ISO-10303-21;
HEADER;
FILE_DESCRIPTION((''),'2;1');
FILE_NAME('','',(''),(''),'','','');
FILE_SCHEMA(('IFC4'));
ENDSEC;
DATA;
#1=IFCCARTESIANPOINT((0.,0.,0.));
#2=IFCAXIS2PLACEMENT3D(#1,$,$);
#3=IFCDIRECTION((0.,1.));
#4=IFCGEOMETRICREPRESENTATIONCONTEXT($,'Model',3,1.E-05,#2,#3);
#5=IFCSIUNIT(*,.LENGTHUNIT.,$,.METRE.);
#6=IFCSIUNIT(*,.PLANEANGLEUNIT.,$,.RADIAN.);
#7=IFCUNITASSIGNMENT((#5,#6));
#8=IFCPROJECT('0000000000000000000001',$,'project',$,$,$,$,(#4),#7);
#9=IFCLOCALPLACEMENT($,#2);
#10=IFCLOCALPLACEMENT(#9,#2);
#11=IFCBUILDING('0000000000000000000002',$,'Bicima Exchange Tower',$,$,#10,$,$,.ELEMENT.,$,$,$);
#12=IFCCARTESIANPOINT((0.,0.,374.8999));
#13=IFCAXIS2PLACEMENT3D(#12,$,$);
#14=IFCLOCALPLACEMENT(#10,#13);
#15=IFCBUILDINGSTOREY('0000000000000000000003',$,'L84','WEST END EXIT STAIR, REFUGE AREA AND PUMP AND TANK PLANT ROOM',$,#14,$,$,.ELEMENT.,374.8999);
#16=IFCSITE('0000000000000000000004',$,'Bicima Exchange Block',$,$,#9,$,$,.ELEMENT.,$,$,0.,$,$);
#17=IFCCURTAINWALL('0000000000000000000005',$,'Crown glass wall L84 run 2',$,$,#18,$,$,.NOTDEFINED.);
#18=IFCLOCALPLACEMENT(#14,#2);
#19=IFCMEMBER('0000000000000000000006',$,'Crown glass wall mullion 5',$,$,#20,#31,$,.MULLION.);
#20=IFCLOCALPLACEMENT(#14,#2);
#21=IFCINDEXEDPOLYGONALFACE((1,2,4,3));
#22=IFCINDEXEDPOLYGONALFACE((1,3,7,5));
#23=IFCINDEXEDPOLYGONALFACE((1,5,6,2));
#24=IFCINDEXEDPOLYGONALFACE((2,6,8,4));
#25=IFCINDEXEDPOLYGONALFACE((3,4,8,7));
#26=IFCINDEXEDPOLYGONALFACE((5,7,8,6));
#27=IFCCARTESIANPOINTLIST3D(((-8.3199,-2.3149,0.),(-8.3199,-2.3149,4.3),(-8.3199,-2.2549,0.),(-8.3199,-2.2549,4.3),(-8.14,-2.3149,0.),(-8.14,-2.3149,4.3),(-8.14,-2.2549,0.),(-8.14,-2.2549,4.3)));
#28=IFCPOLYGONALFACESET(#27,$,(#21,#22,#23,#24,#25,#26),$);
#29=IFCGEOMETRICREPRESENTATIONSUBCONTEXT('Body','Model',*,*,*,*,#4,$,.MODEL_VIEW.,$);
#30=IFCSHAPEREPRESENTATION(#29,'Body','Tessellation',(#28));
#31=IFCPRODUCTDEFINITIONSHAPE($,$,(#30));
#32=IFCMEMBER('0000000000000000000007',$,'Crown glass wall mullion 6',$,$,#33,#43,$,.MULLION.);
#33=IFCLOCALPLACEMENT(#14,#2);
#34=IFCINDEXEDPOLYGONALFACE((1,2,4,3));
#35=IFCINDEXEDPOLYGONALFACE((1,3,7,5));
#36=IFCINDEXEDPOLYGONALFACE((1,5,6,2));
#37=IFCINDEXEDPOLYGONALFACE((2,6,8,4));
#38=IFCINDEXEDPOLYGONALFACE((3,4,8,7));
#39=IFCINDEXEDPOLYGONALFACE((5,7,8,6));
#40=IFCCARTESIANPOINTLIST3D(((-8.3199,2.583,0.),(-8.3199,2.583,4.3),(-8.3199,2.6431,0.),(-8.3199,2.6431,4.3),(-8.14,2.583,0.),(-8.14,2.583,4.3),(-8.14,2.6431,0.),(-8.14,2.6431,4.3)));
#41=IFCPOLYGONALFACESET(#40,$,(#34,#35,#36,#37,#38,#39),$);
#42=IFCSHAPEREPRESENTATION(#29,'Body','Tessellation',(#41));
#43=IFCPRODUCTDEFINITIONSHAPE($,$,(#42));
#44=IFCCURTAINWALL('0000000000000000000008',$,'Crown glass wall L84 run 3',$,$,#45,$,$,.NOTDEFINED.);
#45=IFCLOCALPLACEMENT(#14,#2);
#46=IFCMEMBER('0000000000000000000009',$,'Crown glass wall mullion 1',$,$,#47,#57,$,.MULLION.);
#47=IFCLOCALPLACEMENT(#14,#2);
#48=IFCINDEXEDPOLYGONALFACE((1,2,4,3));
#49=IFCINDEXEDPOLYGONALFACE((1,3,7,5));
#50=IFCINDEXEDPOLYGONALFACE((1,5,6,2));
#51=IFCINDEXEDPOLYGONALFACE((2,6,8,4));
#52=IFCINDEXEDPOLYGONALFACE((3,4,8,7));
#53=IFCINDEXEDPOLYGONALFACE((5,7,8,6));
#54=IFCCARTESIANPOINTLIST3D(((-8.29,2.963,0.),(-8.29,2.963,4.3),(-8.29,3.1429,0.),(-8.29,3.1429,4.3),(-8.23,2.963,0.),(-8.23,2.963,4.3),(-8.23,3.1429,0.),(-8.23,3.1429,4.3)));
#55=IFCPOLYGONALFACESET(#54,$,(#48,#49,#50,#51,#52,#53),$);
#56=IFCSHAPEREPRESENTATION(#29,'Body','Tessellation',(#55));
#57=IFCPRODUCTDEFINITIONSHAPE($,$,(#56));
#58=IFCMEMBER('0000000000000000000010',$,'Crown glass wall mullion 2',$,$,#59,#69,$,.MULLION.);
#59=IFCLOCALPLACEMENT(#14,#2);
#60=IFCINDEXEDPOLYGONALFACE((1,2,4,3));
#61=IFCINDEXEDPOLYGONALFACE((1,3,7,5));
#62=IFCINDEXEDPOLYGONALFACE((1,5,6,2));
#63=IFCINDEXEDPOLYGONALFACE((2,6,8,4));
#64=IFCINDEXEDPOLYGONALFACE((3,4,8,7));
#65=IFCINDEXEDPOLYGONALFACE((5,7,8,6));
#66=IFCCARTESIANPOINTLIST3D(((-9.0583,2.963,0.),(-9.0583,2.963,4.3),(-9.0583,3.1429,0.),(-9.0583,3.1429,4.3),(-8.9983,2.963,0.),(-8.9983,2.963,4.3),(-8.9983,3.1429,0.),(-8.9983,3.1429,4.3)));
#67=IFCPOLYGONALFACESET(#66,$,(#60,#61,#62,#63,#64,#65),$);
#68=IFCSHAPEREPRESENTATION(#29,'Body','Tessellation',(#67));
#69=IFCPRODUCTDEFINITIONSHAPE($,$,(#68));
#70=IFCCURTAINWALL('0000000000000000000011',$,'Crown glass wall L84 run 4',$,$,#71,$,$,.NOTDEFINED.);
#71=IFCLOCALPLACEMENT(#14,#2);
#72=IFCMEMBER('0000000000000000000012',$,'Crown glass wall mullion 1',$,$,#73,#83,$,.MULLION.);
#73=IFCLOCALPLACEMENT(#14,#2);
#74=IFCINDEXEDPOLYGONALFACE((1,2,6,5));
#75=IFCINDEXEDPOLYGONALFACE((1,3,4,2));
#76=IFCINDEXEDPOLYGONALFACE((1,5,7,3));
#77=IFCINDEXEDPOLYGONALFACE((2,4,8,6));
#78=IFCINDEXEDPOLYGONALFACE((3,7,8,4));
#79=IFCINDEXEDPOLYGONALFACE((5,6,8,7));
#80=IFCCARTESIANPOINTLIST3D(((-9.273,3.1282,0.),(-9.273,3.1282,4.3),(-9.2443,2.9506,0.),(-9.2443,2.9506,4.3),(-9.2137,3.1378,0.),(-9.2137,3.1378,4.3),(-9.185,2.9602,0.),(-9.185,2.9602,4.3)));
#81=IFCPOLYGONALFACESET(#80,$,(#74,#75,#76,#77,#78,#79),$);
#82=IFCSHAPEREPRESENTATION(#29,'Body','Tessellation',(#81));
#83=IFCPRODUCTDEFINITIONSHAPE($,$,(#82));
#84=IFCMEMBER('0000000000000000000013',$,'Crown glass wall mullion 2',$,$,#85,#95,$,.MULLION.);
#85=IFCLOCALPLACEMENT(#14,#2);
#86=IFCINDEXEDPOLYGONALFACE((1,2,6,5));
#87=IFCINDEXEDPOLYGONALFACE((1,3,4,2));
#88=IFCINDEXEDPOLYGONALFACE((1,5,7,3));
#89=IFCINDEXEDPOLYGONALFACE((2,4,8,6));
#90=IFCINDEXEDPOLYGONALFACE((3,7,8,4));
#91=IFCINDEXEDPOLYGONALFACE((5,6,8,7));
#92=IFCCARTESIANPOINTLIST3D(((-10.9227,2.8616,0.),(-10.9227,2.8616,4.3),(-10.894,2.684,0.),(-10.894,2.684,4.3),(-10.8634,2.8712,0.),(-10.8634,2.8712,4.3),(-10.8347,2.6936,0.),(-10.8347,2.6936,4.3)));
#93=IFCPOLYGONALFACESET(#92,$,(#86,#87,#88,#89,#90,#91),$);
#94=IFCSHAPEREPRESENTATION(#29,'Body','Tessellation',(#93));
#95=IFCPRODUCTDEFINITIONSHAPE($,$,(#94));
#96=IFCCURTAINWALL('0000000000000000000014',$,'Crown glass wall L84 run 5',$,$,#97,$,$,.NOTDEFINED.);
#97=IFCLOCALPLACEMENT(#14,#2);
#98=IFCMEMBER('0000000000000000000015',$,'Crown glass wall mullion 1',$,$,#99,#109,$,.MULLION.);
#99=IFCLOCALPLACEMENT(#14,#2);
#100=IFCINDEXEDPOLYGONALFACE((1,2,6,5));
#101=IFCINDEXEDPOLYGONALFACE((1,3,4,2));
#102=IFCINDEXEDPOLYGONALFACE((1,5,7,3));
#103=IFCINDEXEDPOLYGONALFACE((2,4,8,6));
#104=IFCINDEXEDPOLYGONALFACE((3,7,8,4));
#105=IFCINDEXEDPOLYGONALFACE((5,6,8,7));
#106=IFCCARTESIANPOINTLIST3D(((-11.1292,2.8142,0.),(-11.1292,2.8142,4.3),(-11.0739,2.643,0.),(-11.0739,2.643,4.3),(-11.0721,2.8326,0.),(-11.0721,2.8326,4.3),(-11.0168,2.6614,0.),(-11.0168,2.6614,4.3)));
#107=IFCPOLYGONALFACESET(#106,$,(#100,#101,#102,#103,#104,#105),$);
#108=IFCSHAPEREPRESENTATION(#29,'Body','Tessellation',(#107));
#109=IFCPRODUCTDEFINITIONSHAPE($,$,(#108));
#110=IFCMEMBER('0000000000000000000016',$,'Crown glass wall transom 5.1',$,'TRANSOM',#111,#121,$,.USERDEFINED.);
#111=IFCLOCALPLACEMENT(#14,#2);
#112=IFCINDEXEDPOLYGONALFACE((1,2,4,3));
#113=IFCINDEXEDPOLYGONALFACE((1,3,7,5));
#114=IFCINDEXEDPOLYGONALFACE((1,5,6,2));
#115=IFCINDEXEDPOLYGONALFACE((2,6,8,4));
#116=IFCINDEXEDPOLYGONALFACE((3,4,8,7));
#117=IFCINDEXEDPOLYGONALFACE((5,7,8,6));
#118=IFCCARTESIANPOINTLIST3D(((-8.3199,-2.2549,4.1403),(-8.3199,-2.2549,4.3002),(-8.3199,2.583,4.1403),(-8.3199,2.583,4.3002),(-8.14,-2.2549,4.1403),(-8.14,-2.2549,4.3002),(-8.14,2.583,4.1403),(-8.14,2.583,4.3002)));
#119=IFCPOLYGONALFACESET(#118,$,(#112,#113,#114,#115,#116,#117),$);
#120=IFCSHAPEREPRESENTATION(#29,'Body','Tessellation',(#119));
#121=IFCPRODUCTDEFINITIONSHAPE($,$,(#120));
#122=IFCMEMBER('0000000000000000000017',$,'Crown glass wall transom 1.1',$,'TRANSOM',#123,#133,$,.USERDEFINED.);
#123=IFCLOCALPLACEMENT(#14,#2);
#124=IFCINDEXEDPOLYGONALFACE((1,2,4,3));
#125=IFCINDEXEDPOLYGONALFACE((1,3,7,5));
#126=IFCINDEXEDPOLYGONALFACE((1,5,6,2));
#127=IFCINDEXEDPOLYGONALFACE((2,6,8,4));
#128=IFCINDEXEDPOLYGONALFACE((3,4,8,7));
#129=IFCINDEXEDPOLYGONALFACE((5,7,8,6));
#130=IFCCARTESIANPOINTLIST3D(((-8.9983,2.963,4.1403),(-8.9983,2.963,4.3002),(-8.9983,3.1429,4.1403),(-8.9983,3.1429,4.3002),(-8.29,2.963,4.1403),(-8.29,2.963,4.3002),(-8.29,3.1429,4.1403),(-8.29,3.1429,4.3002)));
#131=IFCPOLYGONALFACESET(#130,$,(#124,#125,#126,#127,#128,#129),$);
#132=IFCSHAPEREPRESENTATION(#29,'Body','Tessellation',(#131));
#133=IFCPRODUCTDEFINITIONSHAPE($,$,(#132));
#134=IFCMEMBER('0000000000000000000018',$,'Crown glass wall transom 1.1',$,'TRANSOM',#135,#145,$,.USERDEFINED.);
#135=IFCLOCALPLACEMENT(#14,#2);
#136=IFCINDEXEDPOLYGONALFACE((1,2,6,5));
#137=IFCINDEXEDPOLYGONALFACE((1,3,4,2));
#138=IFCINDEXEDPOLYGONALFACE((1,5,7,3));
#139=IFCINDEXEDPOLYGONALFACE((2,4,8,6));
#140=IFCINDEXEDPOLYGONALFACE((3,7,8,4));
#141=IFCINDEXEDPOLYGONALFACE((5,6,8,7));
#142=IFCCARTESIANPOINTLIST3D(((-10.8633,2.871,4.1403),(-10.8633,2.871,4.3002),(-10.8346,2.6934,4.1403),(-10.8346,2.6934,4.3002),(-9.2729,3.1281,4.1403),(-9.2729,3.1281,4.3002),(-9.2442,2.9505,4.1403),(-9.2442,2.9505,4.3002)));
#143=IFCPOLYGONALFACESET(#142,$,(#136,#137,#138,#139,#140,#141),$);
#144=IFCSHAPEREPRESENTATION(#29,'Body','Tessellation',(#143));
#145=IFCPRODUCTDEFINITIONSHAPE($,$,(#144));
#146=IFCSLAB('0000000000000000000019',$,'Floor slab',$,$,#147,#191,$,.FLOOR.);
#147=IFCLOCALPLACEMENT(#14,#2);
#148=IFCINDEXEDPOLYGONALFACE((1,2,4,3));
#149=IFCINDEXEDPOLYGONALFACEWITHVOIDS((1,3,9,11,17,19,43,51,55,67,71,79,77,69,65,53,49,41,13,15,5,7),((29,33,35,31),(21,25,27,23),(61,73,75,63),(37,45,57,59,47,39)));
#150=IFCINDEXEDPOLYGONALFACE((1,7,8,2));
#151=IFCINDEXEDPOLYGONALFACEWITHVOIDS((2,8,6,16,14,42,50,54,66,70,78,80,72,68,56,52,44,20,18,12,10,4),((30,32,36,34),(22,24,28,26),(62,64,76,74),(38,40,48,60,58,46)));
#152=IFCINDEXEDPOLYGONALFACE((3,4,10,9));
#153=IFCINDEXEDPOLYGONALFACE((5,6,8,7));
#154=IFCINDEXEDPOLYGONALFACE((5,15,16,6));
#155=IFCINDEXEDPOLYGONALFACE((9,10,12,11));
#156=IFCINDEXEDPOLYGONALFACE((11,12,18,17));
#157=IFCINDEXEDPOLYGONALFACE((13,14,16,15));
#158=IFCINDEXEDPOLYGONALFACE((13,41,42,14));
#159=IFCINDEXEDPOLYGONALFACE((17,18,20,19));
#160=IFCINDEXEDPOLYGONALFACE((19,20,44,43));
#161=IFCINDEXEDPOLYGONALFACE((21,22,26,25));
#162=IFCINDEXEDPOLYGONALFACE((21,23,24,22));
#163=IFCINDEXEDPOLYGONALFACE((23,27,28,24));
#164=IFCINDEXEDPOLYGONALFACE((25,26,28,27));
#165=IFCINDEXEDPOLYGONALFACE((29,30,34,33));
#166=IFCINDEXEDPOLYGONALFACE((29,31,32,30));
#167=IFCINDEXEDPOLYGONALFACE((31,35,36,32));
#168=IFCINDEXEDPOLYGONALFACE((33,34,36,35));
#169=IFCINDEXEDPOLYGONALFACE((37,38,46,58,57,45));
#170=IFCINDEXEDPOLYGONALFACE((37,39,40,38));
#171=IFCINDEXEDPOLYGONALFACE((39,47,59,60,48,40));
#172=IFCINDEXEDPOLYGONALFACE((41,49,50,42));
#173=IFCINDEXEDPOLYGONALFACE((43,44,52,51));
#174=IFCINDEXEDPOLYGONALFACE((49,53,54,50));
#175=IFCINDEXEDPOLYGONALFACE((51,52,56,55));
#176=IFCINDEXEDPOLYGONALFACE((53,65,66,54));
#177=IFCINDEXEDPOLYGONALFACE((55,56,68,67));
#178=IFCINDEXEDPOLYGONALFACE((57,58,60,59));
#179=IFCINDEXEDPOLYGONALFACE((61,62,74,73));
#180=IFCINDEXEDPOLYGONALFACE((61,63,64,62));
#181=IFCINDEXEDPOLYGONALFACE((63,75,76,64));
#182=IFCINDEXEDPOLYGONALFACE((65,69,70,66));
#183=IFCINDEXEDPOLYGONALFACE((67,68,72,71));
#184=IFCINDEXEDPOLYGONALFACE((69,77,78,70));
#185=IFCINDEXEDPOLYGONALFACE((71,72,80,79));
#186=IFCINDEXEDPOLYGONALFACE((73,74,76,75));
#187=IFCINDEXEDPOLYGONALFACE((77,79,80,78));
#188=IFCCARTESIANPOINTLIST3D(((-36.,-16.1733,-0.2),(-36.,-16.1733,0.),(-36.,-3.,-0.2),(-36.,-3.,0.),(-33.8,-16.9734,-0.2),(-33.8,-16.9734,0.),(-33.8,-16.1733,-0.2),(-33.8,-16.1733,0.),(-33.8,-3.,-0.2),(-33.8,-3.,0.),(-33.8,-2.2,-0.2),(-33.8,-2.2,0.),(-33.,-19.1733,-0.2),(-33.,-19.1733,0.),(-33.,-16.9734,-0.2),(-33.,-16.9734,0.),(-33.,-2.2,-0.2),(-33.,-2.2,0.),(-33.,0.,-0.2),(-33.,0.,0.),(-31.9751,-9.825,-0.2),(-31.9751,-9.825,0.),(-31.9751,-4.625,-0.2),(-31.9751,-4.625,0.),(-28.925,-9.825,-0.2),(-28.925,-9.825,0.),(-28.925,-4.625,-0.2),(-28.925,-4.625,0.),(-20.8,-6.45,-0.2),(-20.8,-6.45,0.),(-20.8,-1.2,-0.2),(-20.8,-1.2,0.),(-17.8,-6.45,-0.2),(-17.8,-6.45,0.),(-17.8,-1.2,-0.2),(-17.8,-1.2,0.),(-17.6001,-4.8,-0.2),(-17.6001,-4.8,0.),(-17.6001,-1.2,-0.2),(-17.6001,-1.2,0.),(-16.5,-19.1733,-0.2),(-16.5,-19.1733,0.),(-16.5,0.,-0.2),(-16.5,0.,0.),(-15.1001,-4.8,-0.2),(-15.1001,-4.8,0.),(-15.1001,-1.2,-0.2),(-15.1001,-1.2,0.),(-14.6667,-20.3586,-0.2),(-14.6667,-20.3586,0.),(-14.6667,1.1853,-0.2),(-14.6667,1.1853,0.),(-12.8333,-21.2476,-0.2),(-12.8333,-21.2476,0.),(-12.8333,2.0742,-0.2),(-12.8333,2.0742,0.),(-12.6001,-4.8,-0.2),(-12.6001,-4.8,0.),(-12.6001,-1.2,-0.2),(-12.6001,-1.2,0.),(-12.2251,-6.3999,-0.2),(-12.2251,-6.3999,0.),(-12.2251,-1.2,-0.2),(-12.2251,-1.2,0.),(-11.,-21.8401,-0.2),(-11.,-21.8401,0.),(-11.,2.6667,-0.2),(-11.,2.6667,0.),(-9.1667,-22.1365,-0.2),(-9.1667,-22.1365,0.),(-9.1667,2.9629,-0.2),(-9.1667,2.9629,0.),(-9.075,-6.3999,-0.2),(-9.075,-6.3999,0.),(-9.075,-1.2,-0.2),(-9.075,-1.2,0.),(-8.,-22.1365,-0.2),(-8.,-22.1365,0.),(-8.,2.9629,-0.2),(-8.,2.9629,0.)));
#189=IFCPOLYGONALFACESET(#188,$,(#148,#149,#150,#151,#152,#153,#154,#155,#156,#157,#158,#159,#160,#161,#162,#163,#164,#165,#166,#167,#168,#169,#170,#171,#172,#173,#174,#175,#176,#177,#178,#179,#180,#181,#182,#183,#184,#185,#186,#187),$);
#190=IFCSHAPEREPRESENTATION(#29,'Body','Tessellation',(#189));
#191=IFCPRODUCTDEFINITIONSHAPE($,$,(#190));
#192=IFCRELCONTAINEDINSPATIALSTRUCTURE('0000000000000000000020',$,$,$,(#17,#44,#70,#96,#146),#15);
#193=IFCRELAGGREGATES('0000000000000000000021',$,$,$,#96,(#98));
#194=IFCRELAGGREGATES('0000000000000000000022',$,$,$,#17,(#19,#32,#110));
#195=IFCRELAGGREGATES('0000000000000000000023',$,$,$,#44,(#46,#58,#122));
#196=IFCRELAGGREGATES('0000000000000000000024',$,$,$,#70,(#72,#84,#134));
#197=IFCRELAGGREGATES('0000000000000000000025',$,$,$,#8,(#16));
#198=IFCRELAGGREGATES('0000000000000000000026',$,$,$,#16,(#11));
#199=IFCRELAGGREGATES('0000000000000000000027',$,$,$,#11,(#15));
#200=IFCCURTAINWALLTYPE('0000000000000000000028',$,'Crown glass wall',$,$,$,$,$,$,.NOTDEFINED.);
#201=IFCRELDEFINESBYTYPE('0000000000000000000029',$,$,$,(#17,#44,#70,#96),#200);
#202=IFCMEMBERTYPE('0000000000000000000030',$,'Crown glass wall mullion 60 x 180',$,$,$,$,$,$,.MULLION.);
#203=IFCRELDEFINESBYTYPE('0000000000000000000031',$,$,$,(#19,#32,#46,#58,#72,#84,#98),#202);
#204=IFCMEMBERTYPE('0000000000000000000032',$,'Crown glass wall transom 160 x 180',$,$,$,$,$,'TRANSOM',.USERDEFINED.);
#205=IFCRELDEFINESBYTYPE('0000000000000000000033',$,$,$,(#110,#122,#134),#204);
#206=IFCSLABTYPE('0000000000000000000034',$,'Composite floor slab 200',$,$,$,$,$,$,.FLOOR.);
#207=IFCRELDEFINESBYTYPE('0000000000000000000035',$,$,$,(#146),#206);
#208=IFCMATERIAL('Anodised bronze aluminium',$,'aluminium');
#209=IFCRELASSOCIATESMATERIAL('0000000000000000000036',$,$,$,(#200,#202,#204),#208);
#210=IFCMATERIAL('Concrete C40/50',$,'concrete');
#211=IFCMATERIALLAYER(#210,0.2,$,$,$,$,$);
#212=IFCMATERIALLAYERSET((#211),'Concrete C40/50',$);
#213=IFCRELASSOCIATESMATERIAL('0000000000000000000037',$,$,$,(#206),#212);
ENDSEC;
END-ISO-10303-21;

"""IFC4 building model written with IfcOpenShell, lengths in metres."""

from ifc_helpers import new_model, si_unit, direction, frame, origin, origin_2d, place, context, subcontext, project, spatial, polyline, rectangle, outline, extrude, material, layer, layer_set, material_profile, profile_set, type_object, element, aggregate, save


model = new_model("IFC4")

# Units and contexts
model_context = context("Model", 3, precision=1e-05, world=origin(), true_north=direction((0.0, 1.0)))
body_context = subcontext(model_context, "Body", "Model", "MODEL_VIEW")
ifc_project = project(units=[si_unit("LENGTHUNIT", "METRE"), si_unit("PLANEANGLEUNIT", "RADIAN")], contexts=[model_context])

# Site, building, storey
site_placement = place(None, origin())
site = spatial("IfcSite", under=ifc_project, at=site_placement, Name="Bicima Exchange Block", CompositionType="ELEMENT", RefElevation=0.0)
building_placement = place(site_placement, origin())
building = spatial("IfcBuilding", under=site, at=building_placement, Name="Bicima Exchange Tower", CompositionType="ELEMENT")
storey_placement = place(building_placement, frame((0.0, 0.0, 374.8999)))
storey = spatial("IfcBuildingStorey", under=building, at=storey_placement, Name="L84", Description="WEST END EXIT STAIR, REFUGE AREA AND PUMP AND TANK PLANT ROOM", CompositionType="ELEMENT", Elevation=374.8999)

# Curtain walls, members
ifc_material_1 = material(Name="Anodised bronze aluminium", Category="aluminium")
curtain_wall_type = type_object("IfcCurtainWallType", Name="Crown glass wall", PredefinedType="NOTDEFINED", material=ifc_material_1)
curtain_wall_1_placement = place(storey_placement, origin())
curtain_wall_1 = element("IfcCurtainWall", 1, at=curtain_wall_1_placement, inside=storey, type_object=curtain_wall_type, Name="Crown glass wall L84 run 2", PredefinedType="NOTDEFINED")
ifc_material_profile_1 = material_profile(ifc_material_1, rectangle(XDim=0.1799, YDim=0.0601, at=origin_2d()))
ifc_profile_set_1 = profile_set([ifc_material_profile_1], Name="Anodised bronze aluminium")
member_type_1 = type_object("IfcMemberType", Name="Crown glass wall mullion 60 x 180", PredefinedType="MULLION", material=ifc_profile_set_1)
member_1_placement = place(storey_placement, frame((-8.23, -2.2849, 0.0), z_axis=(0.0, 0.0, 1.0), x_axis=(-1.0, 0.0, 0.0)))
member_1 = element("IfcMember", 2, at=member_1_placement, type_object=member_type_1, Name="Crown glass wall mullion 5", PredefinedType="MULLION", context=body_context, shape_type="SweptSolid", body=[
    extrude(rectangle(XDim=0.1799, YDim=0.0601, at=origin_2d()), origin(), (0.0, 0.0, 1.0), 4.3),
])
member_2_placement = place(storey_placement, frame((-8.23, 2.613, 0.0), z_axis=(0.0, 0.0, 1.0), x_axis=(-1.0, 0.0, 0.0)))
member_2 = element("IfcMember", 3, at=member_2_placement, type_object=member_type_1, Name="Crown glass wall mullion 6", PredefinedType="MULLION", context=body_context, shape_type="SweptSolid", body=[
    extrude(rectangle(XDim=0.1799, YDim=0.0601, at=origin_2d()), origin(), (0.0, 0.0, 1.0), 4.3),
])
curtain_wall_2_placement = place(storey_placement, origin())
curtain_wall_2 = element("IfcCurtainWall", 4, at=curtain_wall_2_placement, inside=storey, type_object=curtain_wall_type, Name="Crown glass wall L84 run 3", PredefinedType="NOTDEFINED")
member_3_placement = place(storey_placement, frame((-8.26, 3.053, 0.0), z_axis=(0.0, 0.0, 1.0), x_axis=(0.0, -1.0, 0.0)))
member_3 = element("IfcMember", 5, at=member_3_placement, type_object=member_type_1, Name="Crown glass wall mullion 1", PredefinedType="MULLION", context=body_context, shape_type="SweptSolid", body=[
    extrude(rectangle(XDim=0.1799, YDim=0.0601, at=origin_2d()), origin(), (0.0, 0.0, 1.0), 4.3),
])
member_4_placement = place(storey_placement, frame((-9.0283, 3.053, 0.0), z_axis=(0.0, 0.0, 1.0), x_axis=(0.0, -1.0, 0.0)))
member_4 = element("IfcMember", 6, at=member_4_placement, type_object=member_type_1, Name="Crown glass wall mullion 2", PredefinedType="MULLION", context=body_context, shape_type="SweptSolid", body=[
    extrude(rectangle(XDim=0.1799, YDim=0.0601, at=origin_2d()), origin(), (0.0, 0.0, 1.0), 4.3),
])
curtain_wall_3_placement = place(storey_placement, origin())
curtain_wall_3 = element("IfcCurtainWall", 7, at=curtain_wall_3_placement, inside=storey, type_object=curtain_wall_type, Name="Crown glass wall L84 run 4", PredefinedType="NOTDEFINED")
member_5_placement = place(storey_placement, frame((-9.229, 3.0442, 0.0), z_axis=(0.0, 0.0, 1.0), x_axis=(0.15955, -0.98719, 0.0)))
member_5 = element("IfcMember", 8, at=member_5_placement, type_object=member_type_1, Name="Crown glass wall mullion 1", PredefinedType="MULLION", context=body_context, shape_type="SweptSolid", body=[
    extrude(rectangle(XDim=0.1799, YDim=0.0601, at=origin_2d()), origin(), (0.0, 0.0, 1.0), 4.3),
])
member_6_placement = place(storey_placement, frame((-10.8787, 2.7776, 0.0), z_axis=(0.0, 0.0, 1.0), x_axis=(0.15955, -0.98719, 0.0)))
member_6 = element("IfcMember", 9, at=member_6_placement, type_object=member_type_1, Name="Crown glass wall mullion 2", PredefinedType="MULLION", context=body_context, shape_type="SweptSolid", body=[
    extrude(rectangle(XDim=0.1799, YDim=0.0601, at=origin_2d()), origin(), (0.0, 0.0, 1.0), 4.3),
])

# Curtain wall, member
curtain_wall_4_placement = place(storey_placement, origin())
curtain_wall_4 = element("IfcCurtainWall", 10, at=curtain_wall_4_placement, inside=storey, type_object=curtain_wall_type, Name="Crown glass wall L84 run 5", PredefinedType="NOTDEFINED")
member_7_placement = place(storey_placement, frame((-11.073, 2.7378, 0.0), z_axis=(0.0, 0.0, 1.0), x_axis=(0.307573, -0.951525, 0.0)))
member_7 = element("IfcMember", 11, at=member_7_placement, type_object=member_type_1, Name="Crown glass wall mullion 1", PredefinedType="MULLION", context=body_context, shape_type="SweptSolid", body=[
    extrude(rectangle(XDim=0.1799, YDim=0.0601, at=origin_2d()), origin(), (0.0, 0.0, 1.0), 4.3),
])
aggregate(curtain_wall_4, [member_7])

# Members
ifc_material_profile_2 = material_profile(ifc_material_1, rectangle(XDim=0.1799, YDim=0.1599, at=origin_2d()))
ifc_profile_set_2 = profile_set([ifc_material_profile_2], Name="Anodised bronze aluminium")
member_type_2 = type_object("IfcMemberType", Name="Crown glass wall transom 160 x 180", ElementType="TRANSOM", PredefinedType="USERDEFINED", material=ifc_profile_set_2)
member_8_placement = place(storey_placement, frame((-8.23, -2.2549, 4.2202), z_axis=(0.0, 1.0, 0.0), x_axis=(-1.0, 0.0, 0.0)))
member_8 = element("IfcMember", 12, at=member_8_placement, type_object=member_type_2, Name="Crown glass wall transom 5.1", ObjectType="TRANSOM", PredefinedType="USERDEFINED", context=body_context, shape_type="SweptSolid", body=[
    extrude(rectangle(XDim=0.1799, YDim=0.1599, at=origin_2d()), origin(), (0.0, 0.0, 1.0), 4.8379),
])
member_9_placement = place(storey_placement, frame((-8.29, 3.053, 4.2202), z_axis=(-1.0, 0.0, 0.0), x_axis=(0.0, -1.0, 0.0)))
member_9 = element("IfcMember", 13, at=member_9_placement, type_object=member_type_2, Name="Crown glass wall transom 1.1", ObjectType="TRANSOM", PredefinedType="USERDEFINED", context=body_context, shape_type="SweptSolid", body=[
    extrude(rectangle(XDim=0.1799, YDim=0.1599, at=origin_2d()), origin(), (0.0, 0.0, 1.0), 0.7083),
])
member_10_placement = place(storey_placement, frame((-9.2585, 3.0393, 4.2202), z_axis=(-0.987185, -0.15958, 0.0), x_axis=(0.15958, -0.987185, 0.0)))
member_10 = element("IfcMember", 14, at=member_10_placement, type_object=member_type_2, Name="Crown glass wall transom 1.1", ObjectType="TRANSOM", PredefinedType="USERDEFINED", context=body_context, shape_type="SweptSolid", body=[
    extrude(rectangle(XDim=0.1799, YDim=0.1599, at=origin_2d()), origin(), (0.0, 0.0, 1.0), 1.6111),
])

# Slab
ifc_material_2 = material(Name="Concrete C40/50", Category="concrete")
ifc_layer_1 = layer(ifc_material_2, 0.2)
ifc_layer_set_1 = layer_set([ifc_layer_1], Name="Concrete C40/50")
slab_type_1 = type_object("IfcSlabType", Name="Composite floor slab 200", PredefinedType="FLOOR", material=ifc_layer_set_1)
slab_1_placement = place(storey_placement, frame((0.0, 0.0, -0.2)))
element("IfcSlab", 15, at=slab_1_placement, inside=storey, type_object=slab_type_1, Name="Floor slab", PredefinedType="FLOOR", context=body_context, shape_type="SweptSolid", body=[
    extrude(outline(polyline([(-33.8, -16.1733), (-36.0, -16.1733), (-36.0, -3.0), (-33.8, -3.0), (-33.8, -2.2), (-33.0, -2.2), (-33.0, 0.0), (-16.5, 0.0), (-14.6667, 1.1853), (-12.8333, 2.0742), (-11.0, 2.6667), (-9.1667, 2.9629), (-8.0, 2.9629), (-8.0, -22.1365), (-9.1667, -22.1365), (-11.0, -21.8401), (-12.8333, -21.2476), (-14.6667, -20.3586), (-16.5, -19.1733), (-33.0, -19.1733), (-33.0, -16.9734), (-33.8, -16.9734), (-33.8, -16.1733)]), holes=[polyline([(-28.925, -4.625), (-31.9751, -4.625), (-31.9751, -9.825), (-28.925, -9.825), (-28.925, -4.625)]), polyline([(-17.8, -1.2), (-20.8, -1.2), (-20.8, -6.45), (-17.8, -6.45), (-17.8, -1.2)]), polyline([(-9.075, -1.2), (-12.2251, -1.2), (-12.2251, -6.3999), (-9.075, -6.3999), (-9.075, -1.2)]), polyline([(-12.6001, -1.2), (-15.1001, -1.2), (-17.6001, -1.2), (-17.6001, -4.8), (-15.1001, -4.8), (-12.6001, -4.8), (-12.6001, -1.2)])]), origin(), (0.0, 0.0, 1.0), 0.2),
])

aggregate(curtain_wall_1, [member_1, member_2, member_8])
aggregate(curtain_wall_2, [member_3, member_4, member_9])
aggregate(curtain_wall_3, [member_5, member_6, member_10])

save(model, "model.ifc")
